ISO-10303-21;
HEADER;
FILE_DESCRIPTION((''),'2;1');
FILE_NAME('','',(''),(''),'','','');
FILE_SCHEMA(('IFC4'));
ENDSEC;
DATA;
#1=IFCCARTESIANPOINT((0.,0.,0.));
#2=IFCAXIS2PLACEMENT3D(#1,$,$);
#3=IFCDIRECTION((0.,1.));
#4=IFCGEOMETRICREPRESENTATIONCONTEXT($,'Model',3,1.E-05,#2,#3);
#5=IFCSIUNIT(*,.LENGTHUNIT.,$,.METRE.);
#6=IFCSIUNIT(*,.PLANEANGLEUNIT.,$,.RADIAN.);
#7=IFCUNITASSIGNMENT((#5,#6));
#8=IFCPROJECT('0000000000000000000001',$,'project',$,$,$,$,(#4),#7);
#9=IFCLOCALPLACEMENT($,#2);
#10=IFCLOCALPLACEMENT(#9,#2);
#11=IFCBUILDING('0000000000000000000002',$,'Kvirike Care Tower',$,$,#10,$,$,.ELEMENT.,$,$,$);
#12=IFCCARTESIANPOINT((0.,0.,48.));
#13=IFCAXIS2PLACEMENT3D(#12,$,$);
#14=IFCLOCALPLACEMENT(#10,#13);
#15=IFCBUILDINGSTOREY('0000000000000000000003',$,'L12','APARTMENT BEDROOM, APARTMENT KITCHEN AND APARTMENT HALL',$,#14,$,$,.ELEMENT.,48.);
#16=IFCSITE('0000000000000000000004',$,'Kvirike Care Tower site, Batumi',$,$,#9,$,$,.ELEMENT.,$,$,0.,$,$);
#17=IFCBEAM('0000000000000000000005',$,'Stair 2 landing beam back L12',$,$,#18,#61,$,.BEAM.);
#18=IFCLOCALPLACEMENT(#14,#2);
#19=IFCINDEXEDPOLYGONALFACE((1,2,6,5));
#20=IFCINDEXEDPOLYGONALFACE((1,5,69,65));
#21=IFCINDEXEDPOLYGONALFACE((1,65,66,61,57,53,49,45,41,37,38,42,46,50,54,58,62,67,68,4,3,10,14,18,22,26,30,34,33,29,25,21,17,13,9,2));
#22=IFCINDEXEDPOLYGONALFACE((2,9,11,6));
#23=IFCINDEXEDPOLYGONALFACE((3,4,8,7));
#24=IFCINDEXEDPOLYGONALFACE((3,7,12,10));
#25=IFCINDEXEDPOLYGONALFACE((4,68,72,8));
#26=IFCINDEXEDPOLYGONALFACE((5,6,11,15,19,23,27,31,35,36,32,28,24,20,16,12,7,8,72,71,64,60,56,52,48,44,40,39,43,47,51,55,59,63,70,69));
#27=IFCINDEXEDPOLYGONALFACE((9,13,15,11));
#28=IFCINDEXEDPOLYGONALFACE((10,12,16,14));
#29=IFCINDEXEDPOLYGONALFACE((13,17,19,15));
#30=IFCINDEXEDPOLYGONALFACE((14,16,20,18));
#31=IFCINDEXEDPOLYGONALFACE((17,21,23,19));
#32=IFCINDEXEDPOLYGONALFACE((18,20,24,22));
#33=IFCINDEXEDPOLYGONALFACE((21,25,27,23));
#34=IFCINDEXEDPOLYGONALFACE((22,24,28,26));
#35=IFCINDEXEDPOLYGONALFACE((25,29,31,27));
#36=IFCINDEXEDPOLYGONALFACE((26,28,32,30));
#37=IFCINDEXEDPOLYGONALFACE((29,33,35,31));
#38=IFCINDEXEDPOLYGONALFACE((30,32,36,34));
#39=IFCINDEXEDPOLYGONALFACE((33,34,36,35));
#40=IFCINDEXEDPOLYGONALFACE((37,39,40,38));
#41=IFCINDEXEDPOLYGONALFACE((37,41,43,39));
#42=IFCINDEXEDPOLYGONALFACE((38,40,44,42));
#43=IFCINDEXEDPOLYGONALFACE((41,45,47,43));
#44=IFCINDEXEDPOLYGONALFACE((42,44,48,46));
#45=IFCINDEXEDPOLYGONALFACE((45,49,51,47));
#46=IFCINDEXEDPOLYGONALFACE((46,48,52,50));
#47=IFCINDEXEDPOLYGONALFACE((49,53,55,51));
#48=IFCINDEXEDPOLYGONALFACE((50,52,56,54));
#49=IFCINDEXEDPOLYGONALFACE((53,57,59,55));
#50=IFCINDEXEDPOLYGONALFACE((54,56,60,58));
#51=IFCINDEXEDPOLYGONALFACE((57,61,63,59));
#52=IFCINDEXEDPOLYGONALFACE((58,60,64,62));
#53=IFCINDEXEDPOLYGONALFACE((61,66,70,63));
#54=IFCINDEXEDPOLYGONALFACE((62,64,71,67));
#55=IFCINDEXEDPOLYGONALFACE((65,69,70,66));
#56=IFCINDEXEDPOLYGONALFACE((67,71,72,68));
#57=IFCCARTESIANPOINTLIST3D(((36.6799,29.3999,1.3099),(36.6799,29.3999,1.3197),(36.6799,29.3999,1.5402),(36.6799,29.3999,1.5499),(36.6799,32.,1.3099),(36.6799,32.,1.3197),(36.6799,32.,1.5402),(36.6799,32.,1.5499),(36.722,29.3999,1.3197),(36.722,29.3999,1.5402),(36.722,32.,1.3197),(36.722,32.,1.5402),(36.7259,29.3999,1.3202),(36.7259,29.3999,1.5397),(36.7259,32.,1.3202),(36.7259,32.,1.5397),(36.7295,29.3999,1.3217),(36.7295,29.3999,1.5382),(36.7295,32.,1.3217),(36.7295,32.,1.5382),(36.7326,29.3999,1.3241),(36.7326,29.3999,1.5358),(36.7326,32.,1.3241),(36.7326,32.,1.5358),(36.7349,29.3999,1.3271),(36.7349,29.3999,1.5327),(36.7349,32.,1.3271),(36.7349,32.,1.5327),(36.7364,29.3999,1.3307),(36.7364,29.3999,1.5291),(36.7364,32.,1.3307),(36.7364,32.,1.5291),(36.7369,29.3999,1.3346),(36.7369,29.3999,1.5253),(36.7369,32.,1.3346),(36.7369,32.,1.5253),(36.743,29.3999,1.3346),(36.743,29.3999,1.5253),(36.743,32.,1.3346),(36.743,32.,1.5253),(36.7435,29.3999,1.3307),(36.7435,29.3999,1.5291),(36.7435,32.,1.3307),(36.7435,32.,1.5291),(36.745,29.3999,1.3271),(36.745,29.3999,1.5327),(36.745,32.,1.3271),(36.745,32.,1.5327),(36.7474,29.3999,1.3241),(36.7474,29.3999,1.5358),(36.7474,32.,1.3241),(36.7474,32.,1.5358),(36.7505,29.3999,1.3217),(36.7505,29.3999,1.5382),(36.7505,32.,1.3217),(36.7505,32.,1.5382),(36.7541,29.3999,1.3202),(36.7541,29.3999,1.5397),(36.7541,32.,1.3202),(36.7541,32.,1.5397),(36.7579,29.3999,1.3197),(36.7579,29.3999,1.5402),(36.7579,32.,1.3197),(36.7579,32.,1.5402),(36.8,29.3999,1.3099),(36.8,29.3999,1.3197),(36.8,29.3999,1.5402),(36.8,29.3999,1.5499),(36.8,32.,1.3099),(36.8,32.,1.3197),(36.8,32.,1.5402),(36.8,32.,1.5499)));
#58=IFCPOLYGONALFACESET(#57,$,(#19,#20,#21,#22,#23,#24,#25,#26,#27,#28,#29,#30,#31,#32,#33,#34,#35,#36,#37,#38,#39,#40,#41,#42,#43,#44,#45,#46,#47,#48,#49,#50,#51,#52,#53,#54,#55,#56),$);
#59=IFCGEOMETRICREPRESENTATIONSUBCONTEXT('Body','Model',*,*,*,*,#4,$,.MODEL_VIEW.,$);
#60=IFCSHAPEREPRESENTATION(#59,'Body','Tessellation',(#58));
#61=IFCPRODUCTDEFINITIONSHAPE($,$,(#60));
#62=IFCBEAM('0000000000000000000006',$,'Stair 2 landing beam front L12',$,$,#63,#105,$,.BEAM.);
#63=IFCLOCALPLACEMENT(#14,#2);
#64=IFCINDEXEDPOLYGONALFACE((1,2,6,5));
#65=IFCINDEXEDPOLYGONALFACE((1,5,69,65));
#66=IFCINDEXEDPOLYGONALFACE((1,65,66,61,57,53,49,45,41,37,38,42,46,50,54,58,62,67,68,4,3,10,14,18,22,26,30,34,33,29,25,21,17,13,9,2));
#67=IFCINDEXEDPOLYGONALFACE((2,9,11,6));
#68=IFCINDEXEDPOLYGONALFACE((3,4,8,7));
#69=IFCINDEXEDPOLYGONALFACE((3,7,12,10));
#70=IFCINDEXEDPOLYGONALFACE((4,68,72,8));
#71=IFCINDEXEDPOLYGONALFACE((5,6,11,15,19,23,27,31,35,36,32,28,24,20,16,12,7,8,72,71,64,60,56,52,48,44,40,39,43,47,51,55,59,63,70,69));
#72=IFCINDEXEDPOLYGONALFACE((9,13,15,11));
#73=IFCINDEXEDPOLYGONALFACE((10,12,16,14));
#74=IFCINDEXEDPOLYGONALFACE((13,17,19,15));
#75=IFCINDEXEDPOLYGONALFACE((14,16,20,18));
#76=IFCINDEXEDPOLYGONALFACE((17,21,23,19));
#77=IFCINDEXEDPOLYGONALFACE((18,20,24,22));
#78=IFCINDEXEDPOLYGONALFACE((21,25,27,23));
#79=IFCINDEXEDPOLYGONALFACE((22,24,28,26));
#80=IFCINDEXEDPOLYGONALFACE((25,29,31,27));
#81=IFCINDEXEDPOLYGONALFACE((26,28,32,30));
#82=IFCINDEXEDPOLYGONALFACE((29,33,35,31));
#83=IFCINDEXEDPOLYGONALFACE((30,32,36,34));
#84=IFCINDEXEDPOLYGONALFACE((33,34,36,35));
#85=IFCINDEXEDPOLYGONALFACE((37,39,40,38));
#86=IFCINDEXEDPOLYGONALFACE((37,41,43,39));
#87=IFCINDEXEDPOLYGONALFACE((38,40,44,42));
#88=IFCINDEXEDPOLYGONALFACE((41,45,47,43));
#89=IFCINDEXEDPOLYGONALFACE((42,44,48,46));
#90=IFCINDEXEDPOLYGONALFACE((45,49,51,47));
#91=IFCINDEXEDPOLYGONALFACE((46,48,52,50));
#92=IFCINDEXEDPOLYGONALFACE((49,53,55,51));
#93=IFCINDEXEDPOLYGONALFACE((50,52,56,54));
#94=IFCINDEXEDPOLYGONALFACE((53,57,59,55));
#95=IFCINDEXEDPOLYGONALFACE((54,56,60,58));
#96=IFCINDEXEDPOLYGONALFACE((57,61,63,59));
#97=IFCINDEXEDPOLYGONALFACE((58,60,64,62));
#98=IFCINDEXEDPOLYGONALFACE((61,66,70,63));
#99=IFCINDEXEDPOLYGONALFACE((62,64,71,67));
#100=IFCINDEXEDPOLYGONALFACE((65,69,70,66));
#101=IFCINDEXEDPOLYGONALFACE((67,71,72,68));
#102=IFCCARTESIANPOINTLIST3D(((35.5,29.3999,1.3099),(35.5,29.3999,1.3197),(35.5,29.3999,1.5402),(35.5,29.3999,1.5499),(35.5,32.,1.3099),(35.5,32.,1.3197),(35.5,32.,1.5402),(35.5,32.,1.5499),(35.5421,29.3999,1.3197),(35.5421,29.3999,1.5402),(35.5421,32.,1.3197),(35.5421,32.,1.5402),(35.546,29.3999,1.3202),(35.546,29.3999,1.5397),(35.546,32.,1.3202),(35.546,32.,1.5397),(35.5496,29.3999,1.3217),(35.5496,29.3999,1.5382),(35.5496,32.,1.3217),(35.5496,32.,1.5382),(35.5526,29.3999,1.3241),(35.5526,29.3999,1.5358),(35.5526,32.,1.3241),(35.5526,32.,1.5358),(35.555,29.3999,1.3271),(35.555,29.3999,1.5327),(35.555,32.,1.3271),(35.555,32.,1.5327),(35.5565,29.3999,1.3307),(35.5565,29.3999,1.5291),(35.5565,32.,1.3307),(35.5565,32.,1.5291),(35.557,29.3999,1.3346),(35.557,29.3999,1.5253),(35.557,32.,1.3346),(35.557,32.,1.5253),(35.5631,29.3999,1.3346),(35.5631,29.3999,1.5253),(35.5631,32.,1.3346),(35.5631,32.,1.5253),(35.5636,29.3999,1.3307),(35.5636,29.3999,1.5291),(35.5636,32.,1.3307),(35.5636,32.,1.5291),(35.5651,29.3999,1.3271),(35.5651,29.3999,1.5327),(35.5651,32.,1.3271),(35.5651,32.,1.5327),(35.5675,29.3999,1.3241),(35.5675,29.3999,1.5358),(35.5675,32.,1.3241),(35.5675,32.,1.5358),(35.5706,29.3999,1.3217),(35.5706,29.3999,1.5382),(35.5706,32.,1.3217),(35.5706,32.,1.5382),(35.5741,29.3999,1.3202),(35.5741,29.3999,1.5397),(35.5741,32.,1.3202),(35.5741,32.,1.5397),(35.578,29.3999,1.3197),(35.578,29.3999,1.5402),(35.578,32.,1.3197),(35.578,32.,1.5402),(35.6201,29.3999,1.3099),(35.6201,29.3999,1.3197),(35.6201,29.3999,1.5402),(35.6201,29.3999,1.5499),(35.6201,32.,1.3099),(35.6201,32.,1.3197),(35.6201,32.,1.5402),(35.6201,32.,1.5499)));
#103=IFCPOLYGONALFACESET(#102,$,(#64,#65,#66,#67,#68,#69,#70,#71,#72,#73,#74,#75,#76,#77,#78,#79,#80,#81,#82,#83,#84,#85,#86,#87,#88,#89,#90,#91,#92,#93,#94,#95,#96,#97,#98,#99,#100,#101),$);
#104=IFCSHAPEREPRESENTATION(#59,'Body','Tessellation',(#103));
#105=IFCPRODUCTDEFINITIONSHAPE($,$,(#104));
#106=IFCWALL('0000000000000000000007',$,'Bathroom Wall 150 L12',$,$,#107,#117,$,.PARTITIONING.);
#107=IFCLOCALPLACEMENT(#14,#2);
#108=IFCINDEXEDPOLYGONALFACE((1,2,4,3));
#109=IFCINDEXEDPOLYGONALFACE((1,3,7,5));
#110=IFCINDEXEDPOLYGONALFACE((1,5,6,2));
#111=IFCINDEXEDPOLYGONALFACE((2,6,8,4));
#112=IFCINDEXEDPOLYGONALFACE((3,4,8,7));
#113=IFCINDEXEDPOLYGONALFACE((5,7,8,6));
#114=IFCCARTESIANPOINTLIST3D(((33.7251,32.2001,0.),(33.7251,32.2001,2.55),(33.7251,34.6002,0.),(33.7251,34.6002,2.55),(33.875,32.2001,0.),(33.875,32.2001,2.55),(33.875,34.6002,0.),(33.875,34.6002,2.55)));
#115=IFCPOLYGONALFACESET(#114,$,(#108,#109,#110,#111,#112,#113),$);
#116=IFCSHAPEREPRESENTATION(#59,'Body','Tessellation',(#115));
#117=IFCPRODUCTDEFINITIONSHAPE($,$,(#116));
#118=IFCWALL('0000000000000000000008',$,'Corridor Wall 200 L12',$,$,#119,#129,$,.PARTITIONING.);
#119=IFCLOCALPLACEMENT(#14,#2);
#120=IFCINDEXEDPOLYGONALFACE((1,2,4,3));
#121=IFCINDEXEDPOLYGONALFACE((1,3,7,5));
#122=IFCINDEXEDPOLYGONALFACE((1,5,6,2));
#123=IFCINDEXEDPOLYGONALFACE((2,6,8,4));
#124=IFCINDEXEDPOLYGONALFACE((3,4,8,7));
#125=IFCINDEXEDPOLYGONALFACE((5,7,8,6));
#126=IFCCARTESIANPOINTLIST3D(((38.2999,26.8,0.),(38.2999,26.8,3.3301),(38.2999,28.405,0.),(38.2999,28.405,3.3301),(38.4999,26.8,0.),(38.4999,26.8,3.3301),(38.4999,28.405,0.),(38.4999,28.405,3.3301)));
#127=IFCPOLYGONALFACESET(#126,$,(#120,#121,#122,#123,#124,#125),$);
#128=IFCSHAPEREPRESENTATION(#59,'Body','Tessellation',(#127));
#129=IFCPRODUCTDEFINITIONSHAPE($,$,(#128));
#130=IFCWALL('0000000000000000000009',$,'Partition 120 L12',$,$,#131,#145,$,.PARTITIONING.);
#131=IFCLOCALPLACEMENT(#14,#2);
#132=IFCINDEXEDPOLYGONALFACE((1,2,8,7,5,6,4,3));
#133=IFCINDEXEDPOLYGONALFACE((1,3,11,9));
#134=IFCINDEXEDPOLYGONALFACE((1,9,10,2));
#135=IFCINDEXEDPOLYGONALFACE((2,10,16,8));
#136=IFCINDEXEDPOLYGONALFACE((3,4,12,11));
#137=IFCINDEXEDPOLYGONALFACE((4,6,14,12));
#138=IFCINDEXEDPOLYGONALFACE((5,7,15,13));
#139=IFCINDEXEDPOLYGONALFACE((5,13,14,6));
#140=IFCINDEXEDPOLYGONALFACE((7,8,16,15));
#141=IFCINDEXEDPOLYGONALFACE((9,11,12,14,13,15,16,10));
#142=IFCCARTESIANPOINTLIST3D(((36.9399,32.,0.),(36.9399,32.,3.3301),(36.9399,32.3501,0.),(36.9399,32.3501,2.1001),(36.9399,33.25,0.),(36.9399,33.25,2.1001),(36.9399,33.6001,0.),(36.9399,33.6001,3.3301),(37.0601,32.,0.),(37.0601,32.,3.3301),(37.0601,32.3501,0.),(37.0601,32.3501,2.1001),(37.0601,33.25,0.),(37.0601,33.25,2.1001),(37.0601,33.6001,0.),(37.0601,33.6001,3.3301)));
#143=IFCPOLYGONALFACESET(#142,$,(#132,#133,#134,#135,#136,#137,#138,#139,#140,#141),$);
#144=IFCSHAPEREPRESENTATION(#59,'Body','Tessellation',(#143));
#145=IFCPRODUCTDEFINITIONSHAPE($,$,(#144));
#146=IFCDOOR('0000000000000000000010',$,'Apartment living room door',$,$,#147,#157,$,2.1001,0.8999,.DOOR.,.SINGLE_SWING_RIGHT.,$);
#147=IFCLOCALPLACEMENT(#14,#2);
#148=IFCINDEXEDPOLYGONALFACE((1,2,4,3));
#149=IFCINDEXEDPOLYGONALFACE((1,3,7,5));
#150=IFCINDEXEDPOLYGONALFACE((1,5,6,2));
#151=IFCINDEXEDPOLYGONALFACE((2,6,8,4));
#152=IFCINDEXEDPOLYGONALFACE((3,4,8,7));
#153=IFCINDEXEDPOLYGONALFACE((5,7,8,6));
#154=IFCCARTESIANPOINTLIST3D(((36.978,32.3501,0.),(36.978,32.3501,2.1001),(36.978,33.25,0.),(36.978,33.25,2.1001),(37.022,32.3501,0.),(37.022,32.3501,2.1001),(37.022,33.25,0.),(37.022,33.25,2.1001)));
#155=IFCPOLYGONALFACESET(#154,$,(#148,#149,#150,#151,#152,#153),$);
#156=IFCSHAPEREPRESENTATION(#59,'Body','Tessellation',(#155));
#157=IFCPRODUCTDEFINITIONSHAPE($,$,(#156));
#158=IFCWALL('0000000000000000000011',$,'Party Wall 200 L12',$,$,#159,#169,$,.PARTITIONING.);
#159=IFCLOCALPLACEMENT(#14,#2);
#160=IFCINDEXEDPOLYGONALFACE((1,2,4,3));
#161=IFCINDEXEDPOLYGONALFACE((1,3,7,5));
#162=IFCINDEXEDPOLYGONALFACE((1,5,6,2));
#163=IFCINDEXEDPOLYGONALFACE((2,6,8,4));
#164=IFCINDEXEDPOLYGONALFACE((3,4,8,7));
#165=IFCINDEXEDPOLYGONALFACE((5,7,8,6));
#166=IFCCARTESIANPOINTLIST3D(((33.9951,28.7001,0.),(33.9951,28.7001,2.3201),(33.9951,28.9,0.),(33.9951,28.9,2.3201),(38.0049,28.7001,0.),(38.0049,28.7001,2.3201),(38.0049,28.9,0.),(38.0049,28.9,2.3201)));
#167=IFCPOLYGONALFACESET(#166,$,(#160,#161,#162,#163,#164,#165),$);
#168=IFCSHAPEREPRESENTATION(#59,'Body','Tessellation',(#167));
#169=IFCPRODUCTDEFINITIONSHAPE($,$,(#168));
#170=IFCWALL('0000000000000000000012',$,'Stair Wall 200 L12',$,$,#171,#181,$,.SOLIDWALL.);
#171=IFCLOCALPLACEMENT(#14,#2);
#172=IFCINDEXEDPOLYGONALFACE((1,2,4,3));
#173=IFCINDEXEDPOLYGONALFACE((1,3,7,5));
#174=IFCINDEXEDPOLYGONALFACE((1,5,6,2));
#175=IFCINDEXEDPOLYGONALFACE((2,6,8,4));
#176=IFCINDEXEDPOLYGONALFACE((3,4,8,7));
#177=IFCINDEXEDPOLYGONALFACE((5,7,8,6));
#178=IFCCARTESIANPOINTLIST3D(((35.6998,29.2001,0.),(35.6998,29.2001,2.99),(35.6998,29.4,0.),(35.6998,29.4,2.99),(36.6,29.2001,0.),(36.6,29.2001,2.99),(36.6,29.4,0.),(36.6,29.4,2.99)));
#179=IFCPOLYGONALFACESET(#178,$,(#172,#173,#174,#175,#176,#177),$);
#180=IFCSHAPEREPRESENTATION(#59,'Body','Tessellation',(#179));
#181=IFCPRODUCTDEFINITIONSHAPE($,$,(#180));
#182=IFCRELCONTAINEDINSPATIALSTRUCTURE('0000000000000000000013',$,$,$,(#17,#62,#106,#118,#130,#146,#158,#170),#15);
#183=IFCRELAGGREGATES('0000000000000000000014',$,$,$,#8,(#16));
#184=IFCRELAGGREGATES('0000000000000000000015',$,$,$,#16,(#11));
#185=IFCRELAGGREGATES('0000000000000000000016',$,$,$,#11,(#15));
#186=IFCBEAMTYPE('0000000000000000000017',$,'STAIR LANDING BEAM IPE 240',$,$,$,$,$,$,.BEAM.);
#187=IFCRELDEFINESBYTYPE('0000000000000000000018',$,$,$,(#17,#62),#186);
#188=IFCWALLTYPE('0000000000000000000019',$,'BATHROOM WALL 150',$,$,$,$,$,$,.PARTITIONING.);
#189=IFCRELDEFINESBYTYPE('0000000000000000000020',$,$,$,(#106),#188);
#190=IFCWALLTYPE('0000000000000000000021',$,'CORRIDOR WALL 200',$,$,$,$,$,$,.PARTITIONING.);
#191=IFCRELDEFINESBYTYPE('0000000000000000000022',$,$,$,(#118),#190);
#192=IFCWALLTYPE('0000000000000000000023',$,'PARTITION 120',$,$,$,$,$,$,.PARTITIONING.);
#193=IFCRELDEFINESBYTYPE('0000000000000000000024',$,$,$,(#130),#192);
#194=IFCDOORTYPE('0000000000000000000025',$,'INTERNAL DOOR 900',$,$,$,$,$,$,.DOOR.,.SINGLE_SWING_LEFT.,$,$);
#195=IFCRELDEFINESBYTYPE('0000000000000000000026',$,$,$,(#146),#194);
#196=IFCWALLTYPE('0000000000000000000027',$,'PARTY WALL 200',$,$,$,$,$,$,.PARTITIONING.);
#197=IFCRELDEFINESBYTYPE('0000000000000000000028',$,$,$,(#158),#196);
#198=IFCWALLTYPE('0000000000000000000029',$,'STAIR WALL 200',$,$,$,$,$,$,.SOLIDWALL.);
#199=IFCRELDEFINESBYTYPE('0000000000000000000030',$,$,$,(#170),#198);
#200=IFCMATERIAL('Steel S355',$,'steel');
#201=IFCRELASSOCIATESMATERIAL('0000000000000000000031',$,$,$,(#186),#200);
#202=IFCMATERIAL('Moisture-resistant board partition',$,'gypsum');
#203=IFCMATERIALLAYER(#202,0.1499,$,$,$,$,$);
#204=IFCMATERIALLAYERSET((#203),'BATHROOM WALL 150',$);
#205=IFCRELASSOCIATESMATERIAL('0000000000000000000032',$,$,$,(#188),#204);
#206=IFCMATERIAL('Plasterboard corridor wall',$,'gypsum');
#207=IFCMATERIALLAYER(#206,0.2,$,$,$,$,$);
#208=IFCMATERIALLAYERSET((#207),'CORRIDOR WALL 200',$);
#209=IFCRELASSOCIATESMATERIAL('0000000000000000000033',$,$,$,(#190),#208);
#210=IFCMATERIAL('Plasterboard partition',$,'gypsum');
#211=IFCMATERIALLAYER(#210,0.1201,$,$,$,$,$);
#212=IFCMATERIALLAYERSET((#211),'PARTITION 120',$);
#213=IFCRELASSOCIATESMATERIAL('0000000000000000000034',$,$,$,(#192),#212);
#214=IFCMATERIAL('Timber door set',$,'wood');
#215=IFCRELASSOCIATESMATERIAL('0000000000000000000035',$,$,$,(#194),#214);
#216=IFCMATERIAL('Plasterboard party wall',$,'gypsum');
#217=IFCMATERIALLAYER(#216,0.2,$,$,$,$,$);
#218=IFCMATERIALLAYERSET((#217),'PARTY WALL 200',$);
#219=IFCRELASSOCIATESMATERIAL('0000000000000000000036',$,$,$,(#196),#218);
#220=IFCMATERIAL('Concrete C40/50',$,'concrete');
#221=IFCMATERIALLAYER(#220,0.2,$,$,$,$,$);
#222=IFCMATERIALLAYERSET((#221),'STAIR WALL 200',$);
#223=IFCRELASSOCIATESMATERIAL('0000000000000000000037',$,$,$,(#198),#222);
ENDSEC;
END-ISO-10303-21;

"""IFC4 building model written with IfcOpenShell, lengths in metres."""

from ifc_helpers import new_model, si_unit, direction, frame, frame_2d, origin, origin_2d, place, context, subcontext, project, spatial, rectangle, i_section, extrude, material, layer, layer_set, material_profile, profile_set, type_object, element, fill, save


model = new_model("IFC4")

# Units and contexts
model_context = context("Model", 3, precision=1e-05, world=origin(), true_north=direction((0.0, 1.0)))
body_context = subcontext(model_context, "Body", "Model", "MODEL_VIEW")
ifc_project = project(units=[si_unit("LENGTHUNIT", "METRE"), si_unit("PLANEANGLEUNIT", "RADIAN")], contexts=[model_context])

# Site, building, storey
site_placement = place(None, origin())
site = spatial("IfcSite", under=ifc_project, at=site_placement, Name="Kvirike Care Tower site, Batumi", CompositionType="ELEMENT", RefElevation=0.0)
building_placement = place(site_placement, origin())
building = spatial("IfcBuilding", under=site, at=building_placement, Name="Kvirike Care Tower", CompositionType="ELEMENT")
storey_placement = place(building_placement, frame((0.0, 0.0, 48.0)))
storey = spatial("IfcBuildingStorey", under=building, at=storey_placement, Name="L12", Description="APARTMENT BEDROOM, APARTMENT KITCHEN AND APARTMENT HALL", CompositionType="ELEMENT", Elevation=48.0)

# Beams
ifc_material_1 = material(Name="Steel S355", Category="steel")
ifc_material_profile_1 = material_profile(ifc_material_1, i_section(OverallWidth=0.1201, OverallDepth=0.24, WebThickness=0.0061, FlangeThickness=0.0098, FilletRadius=0.0149, at=origin_2d()), Name="IPE 240")
ifc_profile_set_1 = profile_set([ifc_material_profile_1], Name="Steel S355")
beam_type_1 = type_object("IfcBeamType", Name="STAIR LANDING BEAM IPE 240", PredefinedType="BEAM", material=ifc_profile_set_1)
for number, where, z_axis, x_axis, name in (
    (1, (36.74, 29.3999, 1.4299), (0.0, 1.0, 0.0), (-1.0, 0.0, 0.0), "Stair 2 landing beam back L12"),
    (2, (35.5601, 29.3999, 1.4299), (0.0, 1.0, 0.0), (-1.0, 0.0, 0.0), "Stair 2 landing beam front L12"),
):
    element("IfcBeam", number, at=place(storey_placement, frame(where, z_axis=z_axis, x_axis=x_axis)), inside=storey, type_object=beam_type_1, Name=name, PredefinedType="BEAM", context=body_context, shape_type="SweptSolid", body=[
        extrude(i_section(OverallWidth=0.1201, OverallDepth=0.24, WebThickness=0.0061, FlangeThickness=0.0098, FilletRadius=0.0149, at=origin_2d()), origin(), (0.0, 0.0, 1.0), 2.6001),
    ])

# Walls
ifc_material_2 = material(Name="Moisture-resistant board partition", Category="gypsum")
ifc_layer_1 = layer(ifc_material_2, 0.1499)
ifc_layer_set_1 = layer_set([ifc_layer_1], Name="BATHROOM WALL 150")
wall_type_1 = type_object("IfcWallType", Name="BATHROOM WALL 150", PredefinedType="PARTITIONING", material=ifc_layer_set_1)
wall_1_placement = place(storey_placement, frame((33.8, 32.2, 0.0), z_axis=(0.0, 0.0, 1.0), x_axis=(0.0, 1.0, 0.0)))
element("IfcWall", 3, at=wall_1_placement, inside=storey, type_object=wall_type_1, Name="Bathroom Wall 150 L12", PredefinedType="PARTITIONING", context=body_context, shape_type="SweptSolid", body=[
    extrude(rectangle(XDim=2.4001, YDim=0.1499, at=frame_2d((1.2002, 0.0))), origin(), (0.0, 0.0, 1.0), 2.55),
])
ifc_material_3 = material(Name="Plasterboard corridor wall", Category="gypsum")
ifc_layer_2 = layer(ifc_material_3, 0.2)
ifc_layer_set_2 = layer_set([ifc_layer_2], Name="CORRIDOR WALL 200")
wall_type_2 = type_object("IfcWallType", Name="CORRIDOR WALL 200", PredefinedType="PARTITIONING", material=ifc_layer_set_2)
wall_2_placement = place(storey_placement, frame((38.3999, 26.8, 0.0), z_axis=(0.0, 0.0, 1.0), x_axis=(0.0, 1.0, 0.0)))
element("IfcWall", 4, at=wall_2_placement, inside=storey, type_object=wall_type_2, Name="Corridor Wall 200 L12", PredefinedType="PARTITIONING", context=body_context, shape_type="SweptSolid", body=[
    extrude(rectangle(XDim=1.605, YDim=0.2, at=frame_2d((0.8025, 0.0))), origin(), (0.0, 0.0, 1.0), 3.3301),
])

# Wall, opening, door
ifc_material_4 = material(Name="Plasterboard partition", Category="gypsum")
ifc_layer_3 = layer(ifc_material_4, 0.1201)
ifc_layer_set_3 = layer_set([ifc_layer_3], Name="PARTITION 120")
wall_type_3 = type_object("IfcWallType", Name="PARTITION 120", PredefinedType="PARTITIONING", material=ifc_layer_set_3)
wall_3_placement = place(storey_placement, frame((37.0, 32.0, 0.0), z_axis=(0.0, 0.0, 1.0), x_axis=(0.0, 1.0, 0.0)))
wall_3 = element("IfcWall", 5, at=wall_3_placement, inside=storey, type_object=wall_type_3, Name="Partition 120 L12", PredefinedType="PARTITIONING", context=body_context, shape_type="SweptSolid", body=[
    extrude(rectangle(XDim=1.6001, YDim=0.1201, at=frame_2d((0.8, 0.0))), origin(), (0.0, 0.0, 1.0), 3.3301),
])
opening_placement = place(wall_3_placement, frame((0.3501, 0.0, 0.0)))
opening = element("IfcOpeningElement", 6, at=opening_placement, cuts=wall_3, PredefinedType="OPENING", context=body_context, shape_type="SweptSolid", body=[
    extrude(rectangle(XDim=0.8999, YDim=2.1001, at=frame_2d((0.45, 1.05))), frame((0.0, 0.0706, 0.0), z_axis=(0.0, -1.0, 0.0), x_axis=(1.0, 0.0, 0.0)), (0.0, 0.0, 1.0), 0.1411),
])
ifc_material_5 = material(Name="Timber door set", Category="wood")
door_type = type_object("IfcDoorType", Name="INTERNAL DOOR 900", OperationType="SINGLE_SWING_LEFT", PredefinedType="DOOR", material=ifc_material_5)
door_placement = place(opening_placement, frame((0.8999, 0.0, 0.0), z_axis=(0.0, 0.0, 1.0), x_axis=(-1.0, 0.0, 0.0)))
door = element("IfcDoor", 7, at=door_placement, inside=storey, type_object=door_type, Name="Apartment living room door", OperationType="SINGLE_SWING_RIGHT", OverallHeight=2.1001, OverallWidth=0.8999, PredefinedType="DOOR", context=body_context, shape_type="SweptSolid", body=[
    extrude(rectangle(XDim=0.8999, YDim=2.1001, at=frame_2d((0.45, 1.05))), frame((0.0, 0.022, 0.0), z_axis=(0.0, -1.0, 0.0), x_axis=(1.0, 0.0, 0.0)), (0.0, 0.0, 1.0), 0.0439),
])
fill(opening, door)

# Walls
ifc_material_6 = material(Name="Plasterboard party wall", Category="gypsum")
ifc_layer_4 = layer(ifc_material_6, 0.2)
ifc_layer_set_4 = layer_set([ifc_layer_4], Name="PARTY WALL 200")
wall_type_4 = type_object("IfcWallType", Name="PARTY WALL 200", PredefinedType="PARTITIONING", material=ifc_layer_set_4)
wall_4_placement = place(storey_placement, frame((38.0049, 28.8, 0.0), z_axis=(0.0, 0.0, 1.0), x_axis=(-1.0, 0.0, 0.0)))
element("IfcWall", 8, at=wall_4_placement, inside=storey, type_object=wall_type_4, Name="Party Wall 200 L12", PredefinedType="PARTITIONING", context=body_context, shape_type="SweptSolid", body=[
    extrude(rectangle(XDim=4.0098, YDim=0.2, at=frame_2d((2.0049, 0.0))), origin(), (0.0, 0.0, 1.0), 2.3201),
])
ifc_material_7 = material(Name="Concrete C40/50", Category="concrete")
ifc_layer_5 = layer(ifc_material_7, 0.2)
ifc_layer_set_5 = layer_set([ifc_layer_5], Name="STAIR WALL 200")
wall_type_5 = type_object("IfcWallType", Name="STAIR WALL 200", PredefinedType="SOLIDWALL", material=ifc_layer_set_5)
wall_5_placement = place(storey_placement, frame((36.6001, 29.3, 0.0), z_axis=(0.0, 0.0, 1.0), x_axis=(-1.0, 0.0, 0.0)))
element("IfcWall", 9, at=wall_5_placement, inside=storey, type_object=wall_type_5, Name="Stair Wall 200 L12", PredefinedType="SOLIDWALL", context=body_context, shape_type="SweptSolid", body=[
    extrude(rectangle(XDim=0.9001, YDim=0.2, at=frame_2d((0.4502, 0.0))), origin(), (0.0, 0.0, 1.0), 2.99),
])

save(model, "model.ifc")
